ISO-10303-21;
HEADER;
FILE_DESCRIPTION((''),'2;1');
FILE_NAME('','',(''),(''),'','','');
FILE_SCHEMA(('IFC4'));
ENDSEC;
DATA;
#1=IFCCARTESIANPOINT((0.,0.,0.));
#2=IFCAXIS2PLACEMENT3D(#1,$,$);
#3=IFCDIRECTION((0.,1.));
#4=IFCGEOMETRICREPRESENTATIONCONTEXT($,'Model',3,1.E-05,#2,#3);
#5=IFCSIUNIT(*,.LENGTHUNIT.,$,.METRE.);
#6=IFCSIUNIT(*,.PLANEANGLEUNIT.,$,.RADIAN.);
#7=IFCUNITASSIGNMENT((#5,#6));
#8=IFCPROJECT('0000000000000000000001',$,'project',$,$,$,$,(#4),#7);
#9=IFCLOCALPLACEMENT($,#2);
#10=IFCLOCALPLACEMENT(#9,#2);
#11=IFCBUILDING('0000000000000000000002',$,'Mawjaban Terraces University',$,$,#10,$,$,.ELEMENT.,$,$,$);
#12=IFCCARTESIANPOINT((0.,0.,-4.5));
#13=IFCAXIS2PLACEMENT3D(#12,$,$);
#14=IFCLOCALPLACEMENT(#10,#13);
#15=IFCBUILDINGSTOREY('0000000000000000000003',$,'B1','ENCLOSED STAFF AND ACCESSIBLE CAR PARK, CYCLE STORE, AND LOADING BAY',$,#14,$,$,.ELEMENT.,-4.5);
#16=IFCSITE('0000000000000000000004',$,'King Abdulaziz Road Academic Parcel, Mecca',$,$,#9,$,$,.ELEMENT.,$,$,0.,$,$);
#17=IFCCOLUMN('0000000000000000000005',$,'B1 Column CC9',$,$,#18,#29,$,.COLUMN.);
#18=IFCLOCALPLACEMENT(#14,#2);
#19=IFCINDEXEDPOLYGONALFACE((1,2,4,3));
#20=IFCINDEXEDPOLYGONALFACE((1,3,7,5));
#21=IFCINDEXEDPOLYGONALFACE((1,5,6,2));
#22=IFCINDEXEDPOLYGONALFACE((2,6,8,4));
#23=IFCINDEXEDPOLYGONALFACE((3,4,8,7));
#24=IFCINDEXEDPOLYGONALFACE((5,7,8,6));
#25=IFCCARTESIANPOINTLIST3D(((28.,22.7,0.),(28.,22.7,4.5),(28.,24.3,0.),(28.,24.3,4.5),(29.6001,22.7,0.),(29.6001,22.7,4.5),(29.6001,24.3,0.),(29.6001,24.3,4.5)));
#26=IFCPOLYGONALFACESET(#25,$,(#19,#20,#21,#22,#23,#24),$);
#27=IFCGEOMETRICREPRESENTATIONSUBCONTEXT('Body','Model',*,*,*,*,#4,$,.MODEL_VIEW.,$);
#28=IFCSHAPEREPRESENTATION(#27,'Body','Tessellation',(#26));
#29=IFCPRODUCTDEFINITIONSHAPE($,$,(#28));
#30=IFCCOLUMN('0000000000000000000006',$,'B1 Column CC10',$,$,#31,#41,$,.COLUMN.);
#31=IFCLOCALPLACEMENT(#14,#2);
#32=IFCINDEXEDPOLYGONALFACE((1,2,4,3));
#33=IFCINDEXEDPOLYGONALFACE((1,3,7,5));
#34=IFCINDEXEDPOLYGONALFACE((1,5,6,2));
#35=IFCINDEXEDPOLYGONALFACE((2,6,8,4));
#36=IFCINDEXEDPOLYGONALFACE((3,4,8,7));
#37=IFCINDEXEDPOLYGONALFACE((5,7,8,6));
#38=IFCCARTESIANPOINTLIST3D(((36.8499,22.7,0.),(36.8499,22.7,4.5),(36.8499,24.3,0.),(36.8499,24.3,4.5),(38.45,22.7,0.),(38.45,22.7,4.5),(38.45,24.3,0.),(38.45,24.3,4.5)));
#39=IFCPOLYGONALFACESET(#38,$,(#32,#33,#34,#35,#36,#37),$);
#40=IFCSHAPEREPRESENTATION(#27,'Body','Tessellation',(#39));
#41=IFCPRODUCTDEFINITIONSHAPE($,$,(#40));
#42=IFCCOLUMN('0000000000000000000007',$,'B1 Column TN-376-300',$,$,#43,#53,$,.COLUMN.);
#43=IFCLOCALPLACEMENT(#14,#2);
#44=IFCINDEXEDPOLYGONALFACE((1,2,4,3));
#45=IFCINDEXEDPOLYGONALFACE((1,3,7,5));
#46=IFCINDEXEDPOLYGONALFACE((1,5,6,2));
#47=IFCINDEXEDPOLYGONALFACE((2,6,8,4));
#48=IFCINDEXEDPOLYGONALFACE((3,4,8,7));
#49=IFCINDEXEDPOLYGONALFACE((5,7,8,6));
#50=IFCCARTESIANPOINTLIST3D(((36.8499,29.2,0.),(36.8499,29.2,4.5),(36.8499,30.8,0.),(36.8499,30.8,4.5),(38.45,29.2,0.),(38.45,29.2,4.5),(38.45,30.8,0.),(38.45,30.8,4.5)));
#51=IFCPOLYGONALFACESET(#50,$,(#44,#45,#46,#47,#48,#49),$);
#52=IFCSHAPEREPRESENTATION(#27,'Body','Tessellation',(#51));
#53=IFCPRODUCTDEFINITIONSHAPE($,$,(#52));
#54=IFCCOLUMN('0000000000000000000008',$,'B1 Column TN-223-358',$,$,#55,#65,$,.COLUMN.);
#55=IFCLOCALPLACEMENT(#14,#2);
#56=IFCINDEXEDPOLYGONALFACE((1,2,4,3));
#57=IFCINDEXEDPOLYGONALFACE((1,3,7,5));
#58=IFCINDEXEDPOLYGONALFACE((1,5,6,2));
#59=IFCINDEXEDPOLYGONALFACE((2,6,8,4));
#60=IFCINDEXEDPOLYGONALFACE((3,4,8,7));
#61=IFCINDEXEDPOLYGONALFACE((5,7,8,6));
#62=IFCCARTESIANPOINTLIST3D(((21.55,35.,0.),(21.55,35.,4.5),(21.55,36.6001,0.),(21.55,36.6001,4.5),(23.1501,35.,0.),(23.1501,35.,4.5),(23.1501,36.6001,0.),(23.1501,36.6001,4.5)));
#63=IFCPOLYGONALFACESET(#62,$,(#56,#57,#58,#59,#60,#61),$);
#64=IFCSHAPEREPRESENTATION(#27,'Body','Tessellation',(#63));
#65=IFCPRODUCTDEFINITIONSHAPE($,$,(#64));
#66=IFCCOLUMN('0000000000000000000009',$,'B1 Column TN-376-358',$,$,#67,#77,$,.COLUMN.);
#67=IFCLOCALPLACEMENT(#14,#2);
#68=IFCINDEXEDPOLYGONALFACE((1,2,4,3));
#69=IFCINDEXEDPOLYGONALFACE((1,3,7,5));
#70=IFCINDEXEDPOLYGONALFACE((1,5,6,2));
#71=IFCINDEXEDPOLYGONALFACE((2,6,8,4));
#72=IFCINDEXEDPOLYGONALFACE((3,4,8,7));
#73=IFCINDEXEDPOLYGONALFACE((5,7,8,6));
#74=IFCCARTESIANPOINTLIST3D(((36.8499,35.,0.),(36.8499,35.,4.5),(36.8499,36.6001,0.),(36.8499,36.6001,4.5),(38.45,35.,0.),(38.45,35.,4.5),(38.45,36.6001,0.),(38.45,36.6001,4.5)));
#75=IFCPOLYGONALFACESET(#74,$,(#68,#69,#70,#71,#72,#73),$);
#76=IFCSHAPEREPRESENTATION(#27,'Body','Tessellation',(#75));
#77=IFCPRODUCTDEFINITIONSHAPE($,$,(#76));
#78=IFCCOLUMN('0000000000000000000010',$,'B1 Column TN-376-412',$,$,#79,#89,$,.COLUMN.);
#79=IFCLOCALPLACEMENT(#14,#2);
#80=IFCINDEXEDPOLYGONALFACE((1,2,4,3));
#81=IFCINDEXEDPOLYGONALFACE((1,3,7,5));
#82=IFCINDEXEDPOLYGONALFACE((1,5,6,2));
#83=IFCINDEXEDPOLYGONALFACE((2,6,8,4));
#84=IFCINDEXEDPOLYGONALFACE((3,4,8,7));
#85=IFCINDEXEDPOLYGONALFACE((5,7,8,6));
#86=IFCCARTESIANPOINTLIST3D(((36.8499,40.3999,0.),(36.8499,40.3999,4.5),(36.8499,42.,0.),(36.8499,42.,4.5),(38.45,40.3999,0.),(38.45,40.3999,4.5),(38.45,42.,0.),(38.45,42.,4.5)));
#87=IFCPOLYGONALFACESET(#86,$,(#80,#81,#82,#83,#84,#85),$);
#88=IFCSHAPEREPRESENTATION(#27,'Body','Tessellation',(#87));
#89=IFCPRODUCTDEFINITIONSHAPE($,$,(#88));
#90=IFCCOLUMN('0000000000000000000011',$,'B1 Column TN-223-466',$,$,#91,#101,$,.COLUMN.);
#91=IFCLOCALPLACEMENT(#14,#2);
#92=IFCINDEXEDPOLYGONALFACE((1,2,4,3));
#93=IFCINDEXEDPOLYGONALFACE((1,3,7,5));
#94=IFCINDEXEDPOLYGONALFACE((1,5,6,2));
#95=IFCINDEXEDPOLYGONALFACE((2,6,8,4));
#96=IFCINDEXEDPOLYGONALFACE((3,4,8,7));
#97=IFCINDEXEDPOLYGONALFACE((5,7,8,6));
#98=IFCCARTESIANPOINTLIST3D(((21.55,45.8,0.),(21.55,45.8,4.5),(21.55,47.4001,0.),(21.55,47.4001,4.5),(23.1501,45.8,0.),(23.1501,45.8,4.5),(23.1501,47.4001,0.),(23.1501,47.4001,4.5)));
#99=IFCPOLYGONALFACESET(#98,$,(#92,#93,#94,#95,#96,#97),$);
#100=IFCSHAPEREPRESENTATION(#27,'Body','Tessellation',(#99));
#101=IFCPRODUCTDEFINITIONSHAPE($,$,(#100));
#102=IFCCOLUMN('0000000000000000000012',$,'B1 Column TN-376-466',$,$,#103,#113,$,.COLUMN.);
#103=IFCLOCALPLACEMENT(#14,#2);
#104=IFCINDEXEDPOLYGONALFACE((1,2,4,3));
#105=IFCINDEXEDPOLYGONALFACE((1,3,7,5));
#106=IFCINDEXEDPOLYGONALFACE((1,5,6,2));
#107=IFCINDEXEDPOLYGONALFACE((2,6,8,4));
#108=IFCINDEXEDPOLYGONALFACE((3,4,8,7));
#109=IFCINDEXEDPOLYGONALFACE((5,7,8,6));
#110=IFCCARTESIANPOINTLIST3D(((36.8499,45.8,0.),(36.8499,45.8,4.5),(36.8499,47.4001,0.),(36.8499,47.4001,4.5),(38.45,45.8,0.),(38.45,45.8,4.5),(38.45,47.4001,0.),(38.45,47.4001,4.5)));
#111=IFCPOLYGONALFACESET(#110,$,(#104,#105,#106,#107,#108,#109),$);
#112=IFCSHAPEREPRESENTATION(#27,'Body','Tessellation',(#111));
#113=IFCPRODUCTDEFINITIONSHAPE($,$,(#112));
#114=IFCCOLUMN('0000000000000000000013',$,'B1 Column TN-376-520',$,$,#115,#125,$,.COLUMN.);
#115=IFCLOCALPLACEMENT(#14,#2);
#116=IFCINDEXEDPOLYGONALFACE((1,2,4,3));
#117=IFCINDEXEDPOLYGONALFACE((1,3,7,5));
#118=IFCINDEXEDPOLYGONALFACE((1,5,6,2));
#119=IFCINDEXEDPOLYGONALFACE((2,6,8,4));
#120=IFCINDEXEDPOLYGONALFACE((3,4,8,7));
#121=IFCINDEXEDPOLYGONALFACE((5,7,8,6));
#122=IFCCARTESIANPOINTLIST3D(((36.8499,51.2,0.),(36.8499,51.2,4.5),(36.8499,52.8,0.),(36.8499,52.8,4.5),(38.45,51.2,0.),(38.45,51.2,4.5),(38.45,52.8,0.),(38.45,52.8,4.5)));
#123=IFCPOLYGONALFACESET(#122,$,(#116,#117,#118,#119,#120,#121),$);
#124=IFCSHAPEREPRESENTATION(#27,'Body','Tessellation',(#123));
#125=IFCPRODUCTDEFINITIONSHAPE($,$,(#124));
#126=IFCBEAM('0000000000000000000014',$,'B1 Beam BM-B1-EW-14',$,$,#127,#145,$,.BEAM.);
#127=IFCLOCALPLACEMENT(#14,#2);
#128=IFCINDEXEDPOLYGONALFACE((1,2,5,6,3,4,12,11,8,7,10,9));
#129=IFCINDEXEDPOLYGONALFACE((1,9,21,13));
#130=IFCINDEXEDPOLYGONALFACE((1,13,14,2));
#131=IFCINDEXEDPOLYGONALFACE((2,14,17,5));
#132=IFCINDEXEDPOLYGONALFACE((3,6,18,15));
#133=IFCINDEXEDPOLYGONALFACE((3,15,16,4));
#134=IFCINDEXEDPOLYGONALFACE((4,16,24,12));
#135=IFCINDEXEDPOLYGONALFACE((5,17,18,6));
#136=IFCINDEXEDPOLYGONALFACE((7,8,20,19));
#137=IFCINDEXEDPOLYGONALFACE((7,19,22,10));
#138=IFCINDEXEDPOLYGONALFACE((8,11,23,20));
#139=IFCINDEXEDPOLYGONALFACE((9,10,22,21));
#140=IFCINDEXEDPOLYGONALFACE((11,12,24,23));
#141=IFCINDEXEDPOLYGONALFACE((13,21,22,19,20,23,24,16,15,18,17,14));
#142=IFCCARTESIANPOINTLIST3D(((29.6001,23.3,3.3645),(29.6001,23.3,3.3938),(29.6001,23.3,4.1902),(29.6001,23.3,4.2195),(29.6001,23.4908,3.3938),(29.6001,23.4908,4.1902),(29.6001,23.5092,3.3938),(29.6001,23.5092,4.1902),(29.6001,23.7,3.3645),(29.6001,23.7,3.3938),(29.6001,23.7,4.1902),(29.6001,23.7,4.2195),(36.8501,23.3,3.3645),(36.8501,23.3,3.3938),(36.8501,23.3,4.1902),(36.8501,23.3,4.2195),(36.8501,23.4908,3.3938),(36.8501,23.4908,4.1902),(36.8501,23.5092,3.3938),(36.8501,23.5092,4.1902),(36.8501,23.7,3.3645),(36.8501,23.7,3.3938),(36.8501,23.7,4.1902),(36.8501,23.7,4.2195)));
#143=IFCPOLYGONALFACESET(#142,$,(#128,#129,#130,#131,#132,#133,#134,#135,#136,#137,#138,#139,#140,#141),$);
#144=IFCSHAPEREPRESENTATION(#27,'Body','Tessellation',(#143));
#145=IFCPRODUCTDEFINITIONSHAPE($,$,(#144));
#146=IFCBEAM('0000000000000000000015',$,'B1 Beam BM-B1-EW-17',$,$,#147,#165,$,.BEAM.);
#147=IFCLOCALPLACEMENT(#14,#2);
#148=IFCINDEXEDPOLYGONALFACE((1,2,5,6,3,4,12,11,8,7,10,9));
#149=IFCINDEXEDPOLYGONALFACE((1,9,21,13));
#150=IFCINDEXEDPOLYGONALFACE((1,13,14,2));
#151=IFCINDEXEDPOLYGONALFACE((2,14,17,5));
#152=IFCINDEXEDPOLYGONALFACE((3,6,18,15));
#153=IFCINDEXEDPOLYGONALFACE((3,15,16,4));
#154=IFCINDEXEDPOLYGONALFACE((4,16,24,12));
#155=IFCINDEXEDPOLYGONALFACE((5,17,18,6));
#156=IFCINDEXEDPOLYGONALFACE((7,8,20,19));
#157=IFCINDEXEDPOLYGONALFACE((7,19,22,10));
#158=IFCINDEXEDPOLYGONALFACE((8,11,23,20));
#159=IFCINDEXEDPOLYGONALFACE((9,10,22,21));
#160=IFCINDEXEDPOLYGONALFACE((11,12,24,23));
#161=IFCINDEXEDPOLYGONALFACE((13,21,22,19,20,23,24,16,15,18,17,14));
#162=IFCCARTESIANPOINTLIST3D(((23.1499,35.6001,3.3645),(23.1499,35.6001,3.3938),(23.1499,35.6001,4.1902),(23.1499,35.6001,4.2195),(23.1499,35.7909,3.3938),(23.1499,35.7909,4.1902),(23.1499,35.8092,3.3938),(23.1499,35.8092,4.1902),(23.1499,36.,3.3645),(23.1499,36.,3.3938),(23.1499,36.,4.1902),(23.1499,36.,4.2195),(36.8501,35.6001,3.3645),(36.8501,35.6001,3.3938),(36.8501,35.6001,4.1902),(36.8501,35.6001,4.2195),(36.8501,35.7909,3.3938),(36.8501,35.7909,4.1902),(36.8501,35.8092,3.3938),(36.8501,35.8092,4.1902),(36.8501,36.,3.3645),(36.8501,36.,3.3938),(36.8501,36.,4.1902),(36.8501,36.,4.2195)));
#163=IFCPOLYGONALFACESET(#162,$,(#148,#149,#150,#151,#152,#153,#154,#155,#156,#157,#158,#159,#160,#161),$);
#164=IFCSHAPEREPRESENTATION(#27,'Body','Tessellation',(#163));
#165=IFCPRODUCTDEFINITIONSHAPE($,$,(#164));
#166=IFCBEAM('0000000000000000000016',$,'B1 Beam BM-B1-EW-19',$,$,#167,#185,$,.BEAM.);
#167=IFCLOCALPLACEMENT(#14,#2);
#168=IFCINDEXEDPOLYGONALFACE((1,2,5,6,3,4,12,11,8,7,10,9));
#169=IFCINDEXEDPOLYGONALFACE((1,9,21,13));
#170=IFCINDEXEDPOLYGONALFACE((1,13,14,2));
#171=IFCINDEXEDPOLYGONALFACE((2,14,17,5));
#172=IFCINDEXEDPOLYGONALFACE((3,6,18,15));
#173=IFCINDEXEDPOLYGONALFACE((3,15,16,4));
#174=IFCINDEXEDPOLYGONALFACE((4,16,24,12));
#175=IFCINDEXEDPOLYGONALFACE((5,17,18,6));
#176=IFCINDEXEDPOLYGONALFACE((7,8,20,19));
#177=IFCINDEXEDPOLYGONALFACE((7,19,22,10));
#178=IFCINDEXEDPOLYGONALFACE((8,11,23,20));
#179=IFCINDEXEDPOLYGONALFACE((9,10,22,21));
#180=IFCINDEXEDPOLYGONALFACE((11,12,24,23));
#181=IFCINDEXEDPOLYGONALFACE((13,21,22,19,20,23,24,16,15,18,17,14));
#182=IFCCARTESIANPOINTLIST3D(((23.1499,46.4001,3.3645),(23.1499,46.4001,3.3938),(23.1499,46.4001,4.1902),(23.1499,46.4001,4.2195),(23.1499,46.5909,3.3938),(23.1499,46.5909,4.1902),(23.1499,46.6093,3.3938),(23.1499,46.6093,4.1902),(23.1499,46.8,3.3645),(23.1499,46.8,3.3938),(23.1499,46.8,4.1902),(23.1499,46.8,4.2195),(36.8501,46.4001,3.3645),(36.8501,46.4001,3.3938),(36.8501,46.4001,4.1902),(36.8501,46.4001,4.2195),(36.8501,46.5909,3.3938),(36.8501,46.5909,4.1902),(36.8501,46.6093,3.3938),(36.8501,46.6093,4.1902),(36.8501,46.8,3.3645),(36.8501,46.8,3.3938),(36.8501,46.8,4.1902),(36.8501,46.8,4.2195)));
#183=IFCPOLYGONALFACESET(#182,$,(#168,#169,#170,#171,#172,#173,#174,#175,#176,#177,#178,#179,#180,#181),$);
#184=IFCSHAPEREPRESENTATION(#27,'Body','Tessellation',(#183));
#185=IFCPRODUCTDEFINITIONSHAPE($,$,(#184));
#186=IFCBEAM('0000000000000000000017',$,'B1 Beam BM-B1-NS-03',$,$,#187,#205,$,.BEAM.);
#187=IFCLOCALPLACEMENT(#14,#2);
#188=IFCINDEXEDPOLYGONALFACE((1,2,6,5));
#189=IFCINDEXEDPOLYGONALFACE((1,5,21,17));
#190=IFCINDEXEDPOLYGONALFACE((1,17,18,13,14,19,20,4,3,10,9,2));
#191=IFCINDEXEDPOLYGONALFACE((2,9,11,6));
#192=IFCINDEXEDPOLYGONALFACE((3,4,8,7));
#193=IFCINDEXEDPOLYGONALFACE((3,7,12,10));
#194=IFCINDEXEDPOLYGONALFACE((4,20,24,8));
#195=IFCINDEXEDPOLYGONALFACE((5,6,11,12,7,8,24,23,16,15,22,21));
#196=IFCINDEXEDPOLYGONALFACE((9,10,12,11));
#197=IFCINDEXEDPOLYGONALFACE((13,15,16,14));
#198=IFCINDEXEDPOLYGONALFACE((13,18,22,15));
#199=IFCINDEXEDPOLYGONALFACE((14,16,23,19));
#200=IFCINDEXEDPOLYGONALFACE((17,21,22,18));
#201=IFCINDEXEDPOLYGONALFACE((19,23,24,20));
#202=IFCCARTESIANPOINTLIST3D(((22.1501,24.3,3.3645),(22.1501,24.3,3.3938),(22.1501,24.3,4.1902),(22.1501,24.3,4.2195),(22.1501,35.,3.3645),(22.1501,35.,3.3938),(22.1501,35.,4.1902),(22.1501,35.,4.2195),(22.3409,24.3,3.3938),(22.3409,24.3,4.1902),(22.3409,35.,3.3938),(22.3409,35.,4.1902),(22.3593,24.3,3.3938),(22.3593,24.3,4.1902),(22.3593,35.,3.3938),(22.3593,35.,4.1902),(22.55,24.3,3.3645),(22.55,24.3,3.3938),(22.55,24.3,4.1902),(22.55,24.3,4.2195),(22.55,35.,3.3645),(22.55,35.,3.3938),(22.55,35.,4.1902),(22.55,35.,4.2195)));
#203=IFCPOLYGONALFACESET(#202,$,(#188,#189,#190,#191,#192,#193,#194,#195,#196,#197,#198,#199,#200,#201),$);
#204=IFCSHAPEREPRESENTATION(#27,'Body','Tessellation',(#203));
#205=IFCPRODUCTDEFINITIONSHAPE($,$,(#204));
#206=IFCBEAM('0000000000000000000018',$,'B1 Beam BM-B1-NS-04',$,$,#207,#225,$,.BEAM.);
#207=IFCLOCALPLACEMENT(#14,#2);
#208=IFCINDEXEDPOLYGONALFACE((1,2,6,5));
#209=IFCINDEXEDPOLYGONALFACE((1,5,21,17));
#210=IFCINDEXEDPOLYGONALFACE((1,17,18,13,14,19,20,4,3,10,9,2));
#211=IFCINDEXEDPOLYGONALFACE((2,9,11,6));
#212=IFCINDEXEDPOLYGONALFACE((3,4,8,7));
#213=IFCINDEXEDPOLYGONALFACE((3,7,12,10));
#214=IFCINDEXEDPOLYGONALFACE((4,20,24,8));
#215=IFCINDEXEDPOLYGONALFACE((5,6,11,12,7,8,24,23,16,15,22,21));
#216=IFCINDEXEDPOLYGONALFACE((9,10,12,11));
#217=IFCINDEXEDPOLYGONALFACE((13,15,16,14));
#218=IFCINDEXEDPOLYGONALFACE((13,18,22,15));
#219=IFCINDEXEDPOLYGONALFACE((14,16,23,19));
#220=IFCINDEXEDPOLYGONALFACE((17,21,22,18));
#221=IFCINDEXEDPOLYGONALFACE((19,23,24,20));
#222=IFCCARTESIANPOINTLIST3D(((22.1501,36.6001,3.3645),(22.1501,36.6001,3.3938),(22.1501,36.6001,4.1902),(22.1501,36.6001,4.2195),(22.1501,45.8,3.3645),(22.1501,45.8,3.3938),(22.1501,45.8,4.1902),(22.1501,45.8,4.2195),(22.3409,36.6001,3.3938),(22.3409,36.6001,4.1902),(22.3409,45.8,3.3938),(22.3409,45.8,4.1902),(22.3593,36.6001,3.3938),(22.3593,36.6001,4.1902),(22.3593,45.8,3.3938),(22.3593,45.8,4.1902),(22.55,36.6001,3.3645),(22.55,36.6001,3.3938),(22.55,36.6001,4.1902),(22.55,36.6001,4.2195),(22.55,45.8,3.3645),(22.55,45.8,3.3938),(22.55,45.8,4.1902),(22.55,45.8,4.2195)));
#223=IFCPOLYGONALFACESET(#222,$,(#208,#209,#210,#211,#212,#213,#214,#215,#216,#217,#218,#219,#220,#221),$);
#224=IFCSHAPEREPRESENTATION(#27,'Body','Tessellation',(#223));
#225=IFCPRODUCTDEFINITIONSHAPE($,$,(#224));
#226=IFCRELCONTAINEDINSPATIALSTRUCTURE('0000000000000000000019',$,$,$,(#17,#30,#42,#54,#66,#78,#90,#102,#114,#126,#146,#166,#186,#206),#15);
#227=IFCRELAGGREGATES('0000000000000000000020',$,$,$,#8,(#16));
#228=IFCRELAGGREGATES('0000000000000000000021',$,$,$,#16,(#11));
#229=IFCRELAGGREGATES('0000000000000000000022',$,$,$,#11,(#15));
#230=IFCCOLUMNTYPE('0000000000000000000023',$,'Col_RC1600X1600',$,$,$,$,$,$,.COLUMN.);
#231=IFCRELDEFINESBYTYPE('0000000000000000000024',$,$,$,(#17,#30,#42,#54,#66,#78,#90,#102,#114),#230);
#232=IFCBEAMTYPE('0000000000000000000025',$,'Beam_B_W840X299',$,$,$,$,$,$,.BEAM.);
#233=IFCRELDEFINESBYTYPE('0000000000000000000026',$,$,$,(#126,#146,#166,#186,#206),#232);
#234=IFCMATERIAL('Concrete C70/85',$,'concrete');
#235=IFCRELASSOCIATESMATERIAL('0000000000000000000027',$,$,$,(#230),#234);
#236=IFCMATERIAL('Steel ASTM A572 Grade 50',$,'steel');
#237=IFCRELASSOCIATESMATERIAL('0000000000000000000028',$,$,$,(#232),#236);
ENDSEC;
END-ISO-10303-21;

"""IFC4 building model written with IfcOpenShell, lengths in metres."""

from ifc_helpers import new_model, si_unit, direction, frame, origin, origin_2d, place, context, subcontext, project, spatial, rectangle, i_section, extrude, material, material_profile, profile_set, type_object, element, save


model = new_model("IFC4")

# Units and contexts
model_context = context("Model", 3, precision=1e-05, world=origin(), true_north=direction((0.0, 1.0)))
body_context = subcontext(model_context, "Body", "Model", "MODEL_VIEW")
ifc_project = project(units=[si_unit("LENGTHUNIT", "METRE"), si_unit("PLANEANGLEUNIT", "RADIAN")], contexts=[model_context])

# Site, building, storey
site_placement = place(None, origin())
site = spatial("IfcSite", under=ifc_project, at=site_placement, Name="King Abdulaziz Road Academic Parcel, Mecca", CompositionType="ELEMENT", RefElevation=0.0)
building_placement = place(site_placement, origin())
building = spatial("IfcBuilding", under=site, at=building_placement, Name="Mawjaban Terraces University", CompositionType="ELEMENT")
storey_placement = place(building_placement, frame((0.0, 0.0, -4.5)))
storey = spatial("IfcBuildingStorey", under=building, at=storey_placement, Name="B1", Description="ENCLOSED STAFF AND ACCESSIBLE CAR PARK, CYCLE STORE, AND LOADING BAY", CompositionType="ELEMENT", Elevation=-4.5)

# Columns
ifc_material_1 = material(Name="Concrete C70/85", Category="concrete")
ifc_material_profile_1 = material_profile(ifc_material_1, rectangle(XDim=1.6001, YDim=1.6001, at=origin_2d()), Name="RC1600X1600")
ifc_profile_set_1 = profile_set([ifc_material_profile_1], Name="Concrete C70/85")
column_type = type_object("IfcColumnType", Name="Col_RC1600X1600", PredefinedType="COLUMN", material=ifc_profile_set_1)
for number, where, z_axis, x_axis, name in (
    (1, (28.8, 23.5, 0.0), (0.0, 0.0, 1.0), (1.0, 0.0, 0.0), "B1 Column CC9"),
    (2, (37.6499, 23.5, 0.0), (0.0, 0.0, 1.0), (1.0, 0.0, 0.0), "B1 Column CC10"),
    (3, (37.6499, 30.0, 0.0), (0.0, 0.0, 1.0), (1.0, 0.0, 0.0), "B1 Column TN-376-300"),
    (4, (22.3501, 35.8, 0.0), (0.0, 0.0, 1.0), (1.0, 0.0, 0.0), "B1 Column TN-223-358"),
    (5, (37.6499, 35.8, 0.0), (0.0, 0.0, 1.0), (1.0, 0.0, 0.0), "B1 Column TN-376-358"),
    (6, (37.6499, 41.2, 0.0), (0.0, 0.0, 1.0), (1.0, 0.0, 0.0), "B1 Column TN-376-412"),
    (7, (22.3501, 46.6001, 0.0), (0.0, 0.0, 1.0), (1.0, 0.0, 0.0), "B1 Column TN-223-466"),
    (8, (37.6499, 46.6001, 0.0), (0.0, 0.0, 1.0), (1.0, 0.0, 0.0), "B1 Column TN-376-466"),
    (9, (37.6499, 52.0, 0.0), (0.0, 0.0, 1.0), (1.0, 0.0, 0.0), "B1 Column TN-376-520"),
):
    element("IfcColumn", number, at=place(storey_placement, frame(where, z_axis=z_axis, x_axis=x_axis)), inside=storey, type_object=column_type, Name=name, PredefinedType="COLUMN", context=body_context, shape_type="SweptSolid", body=[
        extrude(rectangle(XDim=1.6001, YDim=1.6001, at=origin_2d()), origin(), (0.0, 0.0, 1.0), 4.5),
    ])

# Beams
ifc_material_2 = material(Name="Steel ASTM A572 Grade 50", Category="steel")
ifc_material_profile_2 = material_profile(ifc_material_2, i_section(OverallWidth=0.3999, OverallDepth=0.855, WebThickness=0.0183, FlangeThickness=0.0293, at=origin_2d()), Name="W840X299")
ifc_profile_set_2 = profile_set([ifc_material_profile_2], Name="Steel ASTM A572 Grade 50")
beam_type_1 = type_object("IfcBeamType", Name="Beam_B_W840X299", PredefinedType="BEAM", material=ifc_profile_set_2)
beam_1_placement = place(storey_placement, frame((29.6001, 23.5, 3.792), z_axis=(1.0, 0.0, 0.0), x_axis=(0.0, 1.0, 0.0)))
element("IfcBeam", 10, at=beam_1_placement, inside=storey, type_object=beam_type_1, Name="B1 Beam BM-B1-EW-14", PredefinedType="BEAM", context=body_context, shape_type="SweptSolid", body=[
    extrude(i_section(OverallWidth=0.3999, OverallDepth=0.855, WebThickness=0.0183, FlangeThickness=0.0293, at=origin_2d()), origin(), (0.0, 0.0, 1.0), 7.25),
])
for number, where, z_axis, x_axis, name in (
    (11, (23.1499, 35.8, 3.792), (1.0, 0.0, 0.0), (0.0, 1.0, 0.0), "B1 Beam BM-B1-EW-17"),
    (12, (23.1499, 46.6001, 3.792), (1.0, 0.0, 0.0), (0.0, 1.0, 0.0), "B1 Beam BM-B1-EW-19"),
):
    element("IfcBeam", number, at=place(storey_placement, frame(where, z_axis=z_axis, x_axis=x_axis)), inside=storey, type_object=beam_type_1, Name=name, PredefinedType="BEAM", context=body_context, shape_type="SweptSolid", body=[
        extrude(i_section(OverallWidth=0.3999, OverallDepth=0.855, WebThickness=0.0183, FlangeThickness=0.0293, at=origin_2d()), origin(), (0.0, 0.0, 1.0), 13.7002),
    ])
beam_2_placement = place(storey_placement, frame((22.3501, 24.3, 3.792), z_axis=(0.0, 1.0, 0.0), x_axis=(-1.0, 0.0, 0.0)))
element("IfcBeam", 13, at=beam_2_placement, inside=storey, type_object=beam_type_1, Name="B1 Beam BM-B1-NS-03", PredefinedType="BEAM", context=body_context, shape_type="SweptSolid", body=[
    extrude(i_section(OverallWidth=0.3999, OverallDepth=0.855, WebThickness=0.0183, FlangeThickness=0.0293, at=origin_2d()), origin(), (0.0, 0.0, 1.0), 10.7),
])
beam_3_placement = place(storey_placement, frame((22.3501, 36.6001, 3.792), z_axis=(0.0, 1.0, 0.0), x_axis=(-1.0, 0.0, 0.0)))
element("IfcBeam", 14, at=beam_3_placement, inside=storey, type_object=beam_type_1, Name="B1 Beam BM-B1-NS-04", PredefinedType="BEAM", context=body_context, shape_type="SweptSolid", body=[
    extrude(i_section(OverallWidth=0.3999, OverallDepth=0.855, WebThickness=0.0183, FlangeThickness=0.0293, at=origin_2d()), origin(), (0.0, 0.0, 1.0), 9.2),
])

save(model, "model.ifc")
